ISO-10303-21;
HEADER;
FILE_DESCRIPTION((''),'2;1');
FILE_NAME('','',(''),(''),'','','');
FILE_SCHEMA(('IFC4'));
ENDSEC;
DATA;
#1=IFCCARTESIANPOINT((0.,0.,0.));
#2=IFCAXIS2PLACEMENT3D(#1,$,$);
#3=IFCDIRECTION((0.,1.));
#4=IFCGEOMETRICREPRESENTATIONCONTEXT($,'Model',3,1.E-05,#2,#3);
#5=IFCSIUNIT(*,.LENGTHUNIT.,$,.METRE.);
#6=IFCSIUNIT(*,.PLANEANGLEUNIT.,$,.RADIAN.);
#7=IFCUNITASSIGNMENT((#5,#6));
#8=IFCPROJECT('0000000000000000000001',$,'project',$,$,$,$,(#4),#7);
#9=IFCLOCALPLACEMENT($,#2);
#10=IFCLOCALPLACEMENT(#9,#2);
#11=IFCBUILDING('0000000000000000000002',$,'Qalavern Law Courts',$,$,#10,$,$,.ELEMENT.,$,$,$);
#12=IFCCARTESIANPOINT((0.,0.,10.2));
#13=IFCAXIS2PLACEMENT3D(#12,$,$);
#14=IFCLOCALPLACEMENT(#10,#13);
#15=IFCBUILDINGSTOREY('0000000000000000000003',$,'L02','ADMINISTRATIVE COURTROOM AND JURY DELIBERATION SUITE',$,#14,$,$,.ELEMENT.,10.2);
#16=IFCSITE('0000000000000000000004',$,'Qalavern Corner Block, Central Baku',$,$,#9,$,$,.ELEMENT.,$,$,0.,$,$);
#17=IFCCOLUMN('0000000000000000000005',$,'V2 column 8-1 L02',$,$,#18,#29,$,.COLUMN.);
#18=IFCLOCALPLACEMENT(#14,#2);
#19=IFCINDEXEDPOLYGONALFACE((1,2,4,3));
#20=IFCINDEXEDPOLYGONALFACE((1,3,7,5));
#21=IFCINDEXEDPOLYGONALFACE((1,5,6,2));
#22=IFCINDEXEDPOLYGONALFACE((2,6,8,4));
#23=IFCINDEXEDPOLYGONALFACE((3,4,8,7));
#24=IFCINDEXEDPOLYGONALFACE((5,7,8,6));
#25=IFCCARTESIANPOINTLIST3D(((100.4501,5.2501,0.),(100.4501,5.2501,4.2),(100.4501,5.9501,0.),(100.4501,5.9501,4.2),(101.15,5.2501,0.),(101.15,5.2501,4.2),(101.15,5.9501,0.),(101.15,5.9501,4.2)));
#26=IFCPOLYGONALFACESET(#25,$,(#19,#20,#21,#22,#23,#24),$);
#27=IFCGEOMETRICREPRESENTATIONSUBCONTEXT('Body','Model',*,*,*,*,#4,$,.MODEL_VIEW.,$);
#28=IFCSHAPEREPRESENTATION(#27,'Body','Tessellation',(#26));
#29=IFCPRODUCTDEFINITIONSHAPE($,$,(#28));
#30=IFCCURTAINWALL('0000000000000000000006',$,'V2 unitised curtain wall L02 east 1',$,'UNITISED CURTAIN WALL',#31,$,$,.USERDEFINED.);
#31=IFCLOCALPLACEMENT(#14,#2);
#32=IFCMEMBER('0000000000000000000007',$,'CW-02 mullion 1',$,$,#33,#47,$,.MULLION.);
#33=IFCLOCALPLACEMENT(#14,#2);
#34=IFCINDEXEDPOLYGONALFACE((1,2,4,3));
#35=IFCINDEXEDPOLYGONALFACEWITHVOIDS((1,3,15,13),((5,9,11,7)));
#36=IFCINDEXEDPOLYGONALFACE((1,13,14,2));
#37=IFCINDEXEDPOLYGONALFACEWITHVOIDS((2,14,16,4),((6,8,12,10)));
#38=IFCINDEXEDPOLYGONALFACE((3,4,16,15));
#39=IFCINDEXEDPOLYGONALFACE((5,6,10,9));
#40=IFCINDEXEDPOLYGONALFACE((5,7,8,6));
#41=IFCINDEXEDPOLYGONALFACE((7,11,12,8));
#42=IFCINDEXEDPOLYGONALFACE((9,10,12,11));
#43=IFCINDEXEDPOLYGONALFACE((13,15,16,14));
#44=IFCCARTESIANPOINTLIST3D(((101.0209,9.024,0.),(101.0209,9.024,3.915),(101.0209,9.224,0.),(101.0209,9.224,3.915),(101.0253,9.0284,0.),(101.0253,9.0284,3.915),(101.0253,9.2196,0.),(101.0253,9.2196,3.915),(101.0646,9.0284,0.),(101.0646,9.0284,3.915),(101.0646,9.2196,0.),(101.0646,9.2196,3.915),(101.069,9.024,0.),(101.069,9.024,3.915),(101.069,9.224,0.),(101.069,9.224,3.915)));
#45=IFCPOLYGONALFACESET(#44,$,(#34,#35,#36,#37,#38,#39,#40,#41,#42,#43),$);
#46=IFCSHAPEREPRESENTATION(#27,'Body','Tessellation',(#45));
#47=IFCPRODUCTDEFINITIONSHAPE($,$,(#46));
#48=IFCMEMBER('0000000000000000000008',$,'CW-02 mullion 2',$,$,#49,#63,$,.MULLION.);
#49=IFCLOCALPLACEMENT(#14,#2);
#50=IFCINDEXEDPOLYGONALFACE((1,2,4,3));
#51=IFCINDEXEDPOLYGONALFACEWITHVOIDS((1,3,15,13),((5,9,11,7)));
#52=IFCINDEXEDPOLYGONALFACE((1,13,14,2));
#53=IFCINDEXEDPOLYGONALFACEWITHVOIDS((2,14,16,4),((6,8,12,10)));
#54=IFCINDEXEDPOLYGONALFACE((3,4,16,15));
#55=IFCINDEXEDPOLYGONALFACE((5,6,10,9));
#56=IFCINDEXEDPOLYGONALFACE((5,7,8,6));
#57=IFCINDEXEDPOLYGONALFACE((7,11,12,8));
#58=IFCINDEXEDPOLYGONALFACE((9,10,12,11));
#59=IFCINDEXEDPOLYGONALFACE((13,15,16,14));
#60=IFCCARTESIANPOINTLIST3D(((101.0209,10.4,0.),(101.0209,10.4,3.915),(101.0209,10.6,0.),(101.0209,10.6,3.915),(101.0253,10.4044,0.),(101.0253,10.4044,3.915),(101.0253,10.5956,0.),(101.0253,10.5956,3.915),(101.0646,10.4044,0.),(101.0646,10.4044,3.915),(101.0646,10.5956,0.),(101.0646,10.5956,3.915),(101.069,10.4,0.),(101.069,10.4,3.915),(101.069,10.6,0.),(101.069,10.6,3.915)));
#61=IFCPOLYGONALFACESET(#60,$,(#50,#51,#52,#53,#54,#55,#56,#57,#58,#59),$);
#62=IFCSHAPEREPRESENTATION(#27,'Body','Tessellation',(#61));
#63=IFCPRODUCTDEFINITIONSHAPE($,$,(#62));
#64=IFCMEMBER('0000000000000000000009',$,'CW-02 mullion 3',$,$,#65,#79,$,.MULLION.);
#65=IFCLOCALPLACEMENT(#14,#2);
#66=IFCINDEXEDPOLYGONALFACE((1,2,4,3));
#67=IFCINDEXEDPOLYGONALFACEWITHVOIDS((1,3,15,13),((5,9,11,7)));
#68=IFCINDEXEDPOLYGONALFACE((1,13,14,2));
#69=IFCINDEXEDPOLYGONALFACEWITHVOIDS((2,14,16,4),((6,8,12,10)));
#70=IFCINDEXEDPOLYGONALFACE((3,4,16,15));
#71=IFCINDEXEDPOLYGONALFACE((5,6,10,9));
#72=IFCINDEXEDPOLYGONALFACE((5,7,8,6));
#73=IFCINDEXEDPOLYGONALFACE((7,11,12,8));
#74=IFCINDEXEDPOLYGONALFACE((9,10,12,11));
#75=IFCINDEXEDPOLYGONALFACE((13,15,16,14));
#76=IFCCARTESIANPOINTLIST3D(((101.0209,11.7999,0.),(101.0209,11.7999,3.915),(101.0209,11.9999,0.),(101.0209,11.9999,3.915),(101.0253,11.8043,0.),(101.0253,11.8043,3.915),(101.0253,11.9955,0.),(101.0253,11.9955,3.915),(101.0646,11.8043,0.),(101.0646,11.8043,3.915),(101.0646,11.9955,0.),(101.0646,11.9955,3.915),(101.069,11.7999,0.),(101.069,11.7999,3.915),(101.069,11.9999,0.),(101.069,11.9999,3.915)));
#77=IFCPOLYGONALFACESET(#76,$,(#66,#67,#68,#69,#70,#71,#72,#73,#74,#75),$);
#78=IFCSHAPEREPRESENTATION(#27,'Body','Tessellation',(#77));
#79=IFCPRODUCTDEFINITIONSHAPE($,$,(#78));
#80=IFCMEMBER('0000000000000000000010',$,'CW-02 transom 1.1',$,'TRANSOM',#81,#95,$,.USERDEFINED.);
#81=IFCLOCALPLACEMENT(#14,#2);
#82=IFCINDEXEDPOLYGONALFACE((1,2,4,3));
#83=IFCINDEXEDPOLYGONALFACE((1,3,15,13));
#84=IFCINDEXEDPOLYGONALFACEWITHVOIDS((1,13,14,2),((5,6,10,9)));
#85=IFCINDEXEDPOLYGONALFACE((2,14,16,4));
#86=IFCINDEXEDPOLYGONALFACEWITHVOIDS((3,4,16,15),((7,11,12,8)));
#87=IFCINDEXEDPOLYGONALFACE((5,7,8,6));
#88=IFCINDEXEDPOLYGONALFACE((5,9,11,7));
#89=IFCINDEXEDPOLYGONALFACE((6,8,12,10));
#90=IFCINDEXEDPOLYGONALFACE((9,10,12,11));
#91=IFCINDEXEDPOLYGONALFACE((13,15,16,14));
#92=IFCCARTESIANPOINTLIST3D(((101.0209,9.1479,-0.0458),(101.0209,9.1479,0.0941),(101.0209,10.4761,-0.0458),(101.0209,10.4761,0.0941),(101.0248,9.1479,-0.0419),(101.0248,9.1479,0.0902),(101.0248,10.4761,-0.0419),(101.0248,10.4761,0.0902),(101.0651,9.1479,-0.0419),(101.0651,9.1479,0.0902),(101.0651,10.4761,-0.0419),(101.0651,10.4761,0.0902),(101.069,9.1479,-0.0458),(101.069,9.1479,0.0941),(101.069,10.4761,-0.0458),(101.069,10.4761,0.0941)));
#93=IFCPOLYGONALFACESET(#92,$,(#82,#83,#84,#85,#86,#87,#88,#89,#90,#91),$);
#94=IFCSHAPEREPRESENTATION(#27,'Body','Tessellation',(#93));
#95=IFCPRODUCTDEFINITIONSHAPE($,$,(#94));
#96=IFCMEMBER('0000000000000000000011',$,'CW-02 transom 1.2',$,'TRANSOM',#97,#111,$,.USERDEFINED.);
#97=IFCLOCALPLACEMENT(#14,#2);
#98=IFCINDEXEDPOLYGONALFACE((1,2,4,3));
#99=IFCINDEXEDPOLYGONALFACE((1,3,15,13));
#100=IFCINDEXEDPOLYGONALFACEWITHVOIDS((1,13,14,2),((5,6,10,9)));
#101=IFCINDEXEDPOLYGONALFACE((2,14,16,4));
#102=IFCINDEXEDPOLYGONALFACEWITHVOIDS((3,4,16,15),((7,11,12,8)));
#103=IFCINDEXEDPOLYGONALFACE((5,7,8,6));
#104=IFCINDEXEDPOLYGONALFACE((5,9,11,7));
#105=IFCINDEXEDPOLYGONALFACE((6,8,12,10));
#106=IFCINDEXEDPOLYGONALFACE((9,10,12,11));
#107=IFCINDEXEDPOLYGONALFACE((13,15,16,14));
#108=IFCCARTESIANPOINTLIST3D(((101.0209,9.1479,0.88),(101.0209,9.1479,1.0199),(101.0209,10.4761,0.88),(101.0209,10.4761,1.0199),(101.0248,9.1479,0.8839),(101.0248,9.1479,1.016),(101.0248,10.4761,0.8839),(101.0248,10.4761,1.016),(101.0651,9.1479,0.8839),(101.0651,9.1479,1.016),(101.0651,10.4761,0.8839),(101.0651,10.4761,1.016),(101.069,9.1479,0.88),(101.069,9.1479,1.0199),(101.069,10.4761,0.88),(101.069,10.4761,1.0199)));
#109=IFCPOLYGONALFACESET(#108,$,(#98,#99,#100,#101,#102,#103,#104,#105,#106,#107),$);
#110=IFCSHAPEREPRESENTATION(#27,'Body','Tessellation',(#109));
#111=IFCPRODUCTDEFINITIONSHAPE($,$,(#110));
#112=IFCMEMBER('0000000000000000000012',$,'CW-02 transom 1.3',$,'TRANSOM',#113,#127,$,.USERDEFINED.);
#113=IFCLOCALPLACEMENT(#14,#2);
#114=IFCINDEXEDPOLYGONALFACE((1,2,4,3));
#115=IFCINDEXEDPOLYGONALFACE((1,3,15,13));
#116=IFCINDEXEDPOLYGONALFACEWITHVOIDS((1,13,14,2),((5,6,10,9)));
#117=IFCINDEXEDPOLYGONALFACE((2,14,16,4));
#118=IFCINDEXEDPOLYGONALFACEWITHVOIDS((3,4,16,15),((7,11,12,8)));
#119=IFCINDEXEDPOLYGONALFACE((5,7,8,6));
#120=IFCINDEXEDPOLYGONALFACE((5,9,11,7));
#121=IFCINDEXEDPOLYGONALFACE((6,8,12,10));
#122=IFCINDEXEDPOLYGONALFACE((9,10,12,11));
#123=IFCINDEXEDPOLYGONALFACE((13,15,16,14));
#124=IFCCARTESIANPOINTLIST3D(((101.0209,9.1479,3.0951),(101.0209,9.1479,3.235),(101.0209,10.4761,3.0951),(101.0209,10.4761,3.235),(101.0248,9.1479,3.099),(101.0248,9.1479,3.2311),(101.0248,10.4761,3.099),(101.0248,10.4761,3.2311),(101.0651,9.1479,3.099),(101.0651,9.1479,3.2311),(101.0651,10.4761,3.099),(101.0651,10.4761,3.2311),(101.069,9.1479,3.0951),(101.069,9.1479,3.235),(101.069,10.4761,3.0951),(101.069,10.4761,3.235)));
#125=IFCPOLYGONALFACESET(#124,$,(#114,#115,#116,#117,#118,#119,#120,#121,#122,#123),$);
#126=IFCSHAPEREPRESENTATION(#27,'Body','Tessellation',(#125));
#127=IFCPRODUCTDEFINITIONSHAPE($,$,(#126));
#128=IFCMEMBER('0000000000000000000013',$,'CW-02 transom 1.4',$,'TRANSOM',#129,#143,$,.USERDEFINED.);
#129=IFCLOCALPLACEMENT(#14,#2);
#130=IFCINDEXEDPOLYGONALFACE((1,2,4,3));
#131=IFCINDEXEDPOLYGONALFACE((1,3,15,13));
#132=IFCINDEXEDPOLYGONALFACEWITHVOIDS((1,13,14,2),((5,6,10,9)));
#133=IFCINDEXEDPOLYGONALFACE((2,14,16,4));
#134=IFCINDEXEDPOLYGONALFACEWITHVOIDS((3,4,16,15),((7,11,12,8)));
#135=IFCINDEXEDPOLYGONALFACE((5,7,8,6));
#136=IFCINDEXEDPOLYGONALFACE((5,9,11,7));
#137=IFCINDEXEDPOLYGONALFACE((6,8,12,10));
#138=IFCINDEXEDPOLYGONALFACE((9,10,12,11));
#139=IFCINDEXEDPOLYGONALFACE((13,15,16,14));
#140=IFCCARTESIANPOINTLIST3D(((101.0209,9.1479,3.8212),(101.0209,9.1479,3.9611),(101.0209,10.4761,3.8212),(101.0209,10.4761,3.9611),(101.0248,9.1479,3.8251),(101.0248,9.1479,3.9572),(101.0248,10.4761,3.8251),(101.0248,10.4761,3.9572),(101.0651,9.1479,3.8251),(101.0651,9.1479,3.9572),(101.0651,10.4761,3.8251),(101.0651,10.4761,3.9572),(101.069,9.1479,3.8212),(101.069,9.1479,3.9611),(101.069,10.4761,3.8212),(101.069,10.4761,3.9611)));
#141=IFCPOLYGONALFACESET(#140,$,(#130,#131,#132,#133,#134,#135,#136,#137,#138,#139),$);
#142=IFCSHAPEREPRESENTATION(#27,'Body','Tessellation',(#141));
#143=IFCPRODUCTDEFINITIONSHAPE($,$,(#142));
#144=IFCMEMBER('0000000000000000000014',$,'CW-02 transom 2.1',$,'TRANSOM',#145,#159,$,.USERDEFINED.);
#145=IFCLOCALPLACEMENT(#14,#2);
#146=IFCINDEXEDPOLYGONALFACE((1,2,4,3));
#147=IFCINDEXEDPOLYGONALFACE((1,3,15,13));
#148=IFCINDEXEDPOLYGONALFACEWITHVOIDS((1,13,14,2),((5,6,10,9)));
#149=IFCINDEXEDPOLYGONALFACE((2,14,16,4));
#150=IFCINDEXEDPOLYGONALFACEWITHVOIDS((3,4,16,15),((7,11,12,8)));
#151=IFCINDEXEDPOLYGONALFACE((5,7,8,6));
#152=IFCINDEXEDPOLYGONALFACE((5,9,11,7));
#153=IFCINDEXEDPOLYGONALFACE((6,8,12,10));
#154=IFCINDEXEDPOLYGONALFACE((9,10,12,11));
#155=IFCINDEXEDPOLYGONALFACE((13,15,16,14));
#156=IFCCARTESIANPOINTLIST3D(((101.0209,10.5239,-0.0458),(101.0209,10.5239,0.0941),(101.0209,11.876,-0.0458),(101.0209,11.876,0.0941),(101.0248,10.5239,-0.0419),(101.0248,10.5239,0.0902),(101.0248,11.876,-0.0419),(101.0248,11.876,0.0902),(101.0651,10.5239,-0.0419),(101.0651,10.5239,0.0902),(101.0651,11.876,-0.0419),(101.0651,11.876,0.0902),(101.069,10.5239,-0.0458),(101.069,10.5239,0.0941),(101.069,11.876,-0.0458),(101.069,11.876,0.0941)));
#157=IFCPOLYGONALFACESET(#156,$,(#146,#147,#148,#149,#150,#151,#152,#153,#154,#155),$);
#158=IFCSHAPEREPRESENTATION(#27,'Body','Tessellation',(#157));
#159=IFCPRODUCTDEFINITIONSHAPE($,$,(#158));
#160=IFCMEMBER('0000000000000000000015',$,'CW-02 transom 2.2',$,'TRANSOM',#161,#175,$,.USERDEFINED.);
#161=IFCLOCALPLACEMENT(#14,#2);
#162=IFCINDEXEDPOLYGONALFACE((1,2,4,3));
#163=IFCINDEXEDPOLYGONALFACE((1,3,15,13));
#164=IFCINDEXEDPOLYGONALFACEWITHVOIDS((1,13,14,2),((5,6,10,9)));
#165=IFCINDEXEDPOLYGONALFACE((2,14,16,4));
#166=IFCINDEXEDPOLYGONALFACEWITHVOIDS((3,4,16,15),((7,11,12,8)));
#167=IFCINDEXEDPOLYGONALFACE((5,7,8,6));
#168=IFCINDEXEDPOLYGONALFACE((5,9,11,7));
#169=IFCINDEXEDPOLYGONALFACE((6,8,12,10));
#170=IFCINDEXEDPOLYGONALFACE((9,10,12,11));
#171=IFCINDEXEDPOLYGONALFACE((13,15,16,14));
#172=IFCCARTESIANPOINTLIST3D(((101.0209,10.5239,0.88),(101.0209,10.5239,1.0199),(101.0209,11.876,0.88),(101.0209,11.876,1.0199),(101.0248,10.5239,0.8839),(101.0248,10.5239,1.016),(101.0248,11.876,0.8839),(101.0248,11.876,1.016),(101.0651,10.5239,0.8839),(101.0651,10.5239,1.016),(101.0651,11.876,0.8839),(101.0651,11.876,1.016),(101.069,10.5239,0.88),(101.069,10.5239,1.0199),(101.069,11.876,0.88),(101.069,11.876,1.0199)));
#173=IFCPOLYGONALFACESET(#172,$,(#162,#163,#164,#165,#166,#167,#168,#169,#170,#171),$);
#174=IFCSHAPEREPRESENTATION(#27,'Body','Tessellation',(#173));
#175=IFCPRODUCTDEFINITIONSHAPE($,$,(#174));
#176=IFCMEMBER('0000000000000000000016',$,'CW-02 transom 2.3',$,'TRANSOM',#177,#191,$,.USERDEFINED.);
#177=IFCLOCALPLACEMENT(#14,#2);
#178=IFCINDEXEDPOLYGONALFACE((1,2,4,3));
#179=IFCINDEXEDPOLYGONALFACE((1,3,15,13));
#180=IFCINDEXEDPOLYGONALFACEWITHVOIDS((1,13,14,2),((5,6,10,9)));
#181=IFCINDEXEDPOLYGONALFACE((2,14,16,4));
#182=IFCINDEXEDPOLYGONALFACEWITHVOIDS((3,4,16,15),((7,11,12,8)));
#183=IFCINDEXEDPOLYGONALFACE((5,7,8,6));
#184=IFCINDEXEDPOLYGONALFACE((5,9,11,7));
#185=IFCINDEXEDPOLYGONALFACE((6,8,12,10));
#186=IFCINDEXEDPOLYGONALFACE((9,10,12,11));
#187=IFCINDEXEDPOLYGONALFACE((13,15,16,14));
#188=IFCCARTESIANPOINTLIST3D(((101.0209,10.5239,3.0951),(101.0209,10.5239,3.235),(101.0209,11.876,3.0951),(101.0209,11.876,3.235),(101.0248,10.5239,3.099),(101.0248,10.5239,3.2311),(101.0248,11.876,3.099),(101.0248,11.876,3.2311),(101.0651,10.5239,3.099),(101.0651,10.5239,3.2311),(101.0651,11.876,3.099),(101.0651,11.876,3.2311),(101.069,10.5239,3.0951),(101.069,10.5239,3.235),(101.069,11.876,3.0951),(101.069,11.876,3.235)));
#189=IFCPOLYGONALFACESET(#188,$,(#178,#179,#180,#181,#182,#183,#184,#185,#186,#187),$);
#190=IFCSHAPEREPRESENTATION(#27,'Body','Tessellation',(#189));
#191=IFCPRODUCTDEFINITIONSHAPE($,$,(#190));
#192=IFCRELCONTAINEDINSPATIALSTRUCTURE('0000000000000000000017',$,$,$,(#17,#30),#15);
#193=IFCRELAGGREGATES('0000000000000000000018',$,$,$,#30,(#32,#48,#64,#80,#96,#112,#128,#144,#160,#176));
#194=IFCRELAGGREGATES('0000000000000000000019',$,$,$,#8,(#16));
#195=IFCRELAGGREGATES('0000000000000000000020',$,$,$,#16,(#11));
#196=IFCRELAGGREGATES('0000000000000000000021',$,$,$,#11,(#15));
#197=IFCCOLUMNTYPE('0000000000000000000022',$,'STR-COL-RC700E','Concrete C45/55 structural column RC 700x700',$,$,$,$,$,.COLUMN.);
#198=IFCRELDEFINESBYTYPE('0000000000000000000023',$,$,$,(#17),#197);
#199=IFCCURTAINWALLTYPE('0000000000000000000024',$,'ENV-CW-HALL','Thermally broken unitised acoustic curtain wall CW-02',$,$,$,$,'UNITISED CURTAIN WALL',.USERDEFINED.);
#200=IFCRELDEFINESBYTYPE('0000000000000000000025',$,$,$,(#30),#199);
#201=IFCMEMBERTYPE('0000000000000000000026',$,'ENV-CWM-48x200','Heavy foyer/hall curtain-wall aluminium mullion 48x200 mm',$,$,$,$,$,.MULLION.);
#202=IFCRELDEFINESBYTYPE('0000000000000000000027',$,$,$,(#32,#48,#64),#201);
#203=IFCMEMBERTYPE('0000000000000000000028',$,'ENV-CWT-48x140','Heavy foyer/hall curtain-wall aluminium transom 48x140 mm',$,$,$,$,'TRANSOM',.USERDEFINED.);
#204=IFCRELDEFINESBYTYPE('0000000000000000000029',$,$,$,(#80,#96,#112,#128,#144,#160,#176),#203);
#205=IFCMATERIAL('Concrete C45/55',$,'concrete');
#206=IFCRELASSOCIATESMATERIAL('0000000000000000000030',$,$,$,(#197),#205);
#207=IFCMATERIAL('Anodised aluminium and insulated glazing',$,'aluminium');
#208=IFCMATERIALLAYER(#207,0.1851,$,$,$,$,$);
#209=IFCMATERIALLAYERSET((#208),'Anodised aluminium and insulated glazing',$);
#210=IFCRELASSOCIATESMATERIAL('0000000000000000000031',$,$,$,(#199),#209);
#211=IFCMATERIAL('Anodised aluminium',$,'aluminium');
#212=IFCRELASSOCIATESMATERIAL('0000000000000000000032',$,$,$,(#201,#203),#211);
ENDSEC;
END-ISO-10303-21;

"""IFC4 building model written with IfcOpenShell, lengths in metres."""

from ifc_helpers import new_model, si_unit, direction, frame, origin, origin_2d, place, context, subcontext, project, spatial, rectangle, hollow_rectangle, extrude, material, layer, layer_set, material_profile, profile_set, type_object, element, aggregate, save


model = new_model("IFC4")

# Units and contexts
model_context = context("Model", 3, precision=1e-05, world=origin(), true_north=direction((0.0, 1.0)))
body_context = subcontext(model_context, "Body", "Model", "MODEL_VIEW")
ifc_project = project(units=[si_unit("LENGTHUNIT", "METRE"), si_unit("PLANEANGLEUNIT", "RADIAN")], contexts=[model_context])

# Site, building, storey
site_placement = place(None, origin())
site = spatial("IfcSite", under=ifc_project, at=site_placement, Name="Qalavern Corner Block, Central Baku", CompositionType="ELEMENT", RefElevation=0.0)
building_placement = place(site_placement, origin())
building = spatial("IfcBuilding", under=site, at=building_placement, Name="Qalavern Law Courts", CompositionType="ELEMENT")
storey_placement = place(building_placement, frame((0.0, 0.0, 10.2)))
storey = spatial("IfcBuildingStorey", under=building, at=storey_placement, Name="L02", Description="ADMINISTRATIVE COURTROOM AND JURY DELIBERATION SUITE", CompositionType="ELEMENT", Elevation=10.2)

# Column
ifc_material_1 = material(Name="Concrete C45/55", Category="concrete")
ifc_material_profile_1 = material_profile(ifc_material_1, rectangle(XDim=0.7, YDim=0.7, at=origin_2d()), Name="RC 700x700")
ifc_profile_set_1 = profile_set([ifc_material_profile_1], Name="Concrete C45/55")
column_type = type_object("IfcColumnType", Name="STR-COL-RC700E", Description="Concrete C45/55 structural column RC 700x700", PredefinedType="COLUMN", material=ifc_profile_set_1)
column_placement = place(storey_placement, frame((100.8, 5.6001, 0.0), z_axis=(0.0, 0.0, 1.0), x_axis=(1.0, 0.0, 0.0)))
element("IfcColumn", 1, at=column_placement, inside=storey, type_object=column_type, Name="V2 column 8-1 L02", PredefinedType="COLUMN", context=body_context, shape_type="SweptSolid", body=[
    extrude(rectangle(XDim=0.7, YDim=0.7, at=origin_2d()), origin(), (0.0, 0.0, 1.0), 4.2),
])

# Curtain wall, members
ifc_material_2 = material(Name="Anodised aluminium and insulated glazing", Category="aluminium")
ifc_layer_1 = layer(ifc_material_2, 0.1851)
ifc_layer_set_1 = layer_set([ifc_layer_1], Name="Anodised aluminium and insulated glazing")
curtain_wall_type = type_object("IfcCurtainWallType", Name="ENV-CW-HALL", Description="Thermally broken unitised acoustic curtain wall CW-02", ElementType="UNITISED CURTAIN WALL", PredefinedType="USERDEFINED", material=ifc_layer_set_1)
curtain_wall_placement = place(storey_placement, origin())
curtain_wall = element("IfcCurtainWall", 2, at=curtain_wall_placement, inside=storey, type_object=curtain_wall_type, Name="V2 unitised curtain wall L02 east 1", ObjectType="UNITISED CURTAIN WALL", PredefinedType="USERDEFINED")
ifc_material_3 = material(Name="Anodised aluminium", Category="aluminium")
ifc_material_profile_2 = material_profile(ifc_material_3, hollow_rectangle(XDim=0.0481, YDim=0.2, WallThickness=0.0044, at=origin_2d()), Name="ALU MULLION 48x200")
ifc_profile_set_2 = profile_set([ifc_material_profile_2], Name="Anodised aluminium")
member_type_1 = type_object("IfcMemberType", Name="ENV-CWM-48x200", Description="Heavy foyer/hall curtain-wall aluminium mullion 48x200 mm", PredefinedType="MULLION", material=ifc_profile_set_2)
member_1_placement = place(storey_placement, frame((101.0449, 9.124, 0.0), z_axis=(0.0, 0.0, 1.0), x_axis=(-1.0, 0.0, 0.0)))
member_1 = element("IfcMember", 3, at=member_1_placement, type_object=member_type_1, Name="CW-02 mullion 1", PredefinedType="MULLION", context=body_context, shape_type="SweptSolid", body=[
    extrude(hollow_rectangle(XDim=0.0481, YDim=0.2, WallThickness=0.0044, at=origin_2d()), origin(), (0.0, 0.0, 1.0), 3.915),
])
member_2_placement = place(storey_placement, frame((101.0449, 10.5, 0.0), z_axis=(0.0, 0.0, 1.0), x_axis=(-1.0, 0.0, 0.0)))
member_2 = element("IfcMember", 4, at=member_2_placement, type_object=member_type_1, Name="CW-02 mullion 2", PredefinedType="MULLION", context=body_context, shape_type="SweptSolid", body=[
    extrude(hollow_rectangle(XDim=0.0481, YDim=0.2, WallThickness=0.0044, at=origin_2d()), origin(), (0.0, 0.0, 1.0), 3.915),
])
member_3_placement = place(storey_placement, frame((101.0449, 11.8999, 0.0), z_axis=(0.0, 0.0, 1.0), x_axis=(-1.0, 0.0, 0.0)))
member_3 = element("IfcMember", 5, at=member_3_placement, type_object=member_type_1, Name="CW-02 mullion 3", PredefinedType="MULLION", context=body_context, shape_type="SweptSolid", body=[
    extrude(hollow_rectangle(XDim=0.0481, YDim=0.2, WallThickness=0.0044, at=origin_2d()), origin(), (0.0, 0.0, 1.0), 3.915),
])
ifc_material_profile_3 = material_profile(ifc_material_3, hollow_rectangle(XDim=0.0481, YDim=0.1399, WallThickness=0.0039, at=origin_2d()), Name="ALU TRANSOM 48x140")
ifc_profile_set_3 = profile_set([ifc_material_profile_3], Name="Anodised aluminium")
member_type_2 = type_object("IfcMemberType", Name="ENV-CWT-48x140", Description="Heavy foyer/hall curtain-wall aluminium transom 48x140 mm", ElementType="TRANSOM", PredefinedType="USERDEFINED", material=ifc_profile_set_3)
member_4_placement = place(storey_placement, frame((101.0449, 9.1479, 0.0242), z_axis=(0.0, 1.0, 0.0), x_axis=(-1.0, 0.0, 0.0)))
member_4 = element("IfcMember", 6, at=member_4_placement, type_object=member_type_2, Name="CW-02 transom 1.1", ObjectType="TRANSOM", PredefinedType="USERDEFINED", context=body_context, shape_type="SweptSolid", body=[
    extrude(hollow_rectangle(XDim=0.0481, YDim=0.1399, WallThickness=0.0039, at=origin_2d()), origin(), (0.0, 0.0, 1.0), 1.3281),
])
member_5_placement = place(storey_placement, frame((101.0449, 9.1479, 0.95), z_axis=(0.0, 1.0, 0.0), x_axis=(-1.0, 0.0, 0.0)))
member_5 = element("IfcMember", 7, at=member_5_placement, type_object=member_type_2, Name="CW-02 transom 1.2", ObjectType="TRANSOM", PredefinedType="USERDEFINED", context=body_context, shape_type="SweptSolid", body=[
    extrude(hollow_rectangle(XDim=0.0481, YDim=0.1399, WallThickness=0.0039, at=origin_2d()), origin(), (0.0, 0.0, 1.0), 1.3281),
])
member_6_placement = place(storey_placement, frame((101.0449, 9.1479, 3.165), z_axis=(0.0, 1.0, 0.0), x_axis=(-1.0, 0.0, 0.0)))
member_6 = element("IfcMember", 8, at=member_6_placement, type_object=member_type_2, Name="CW-02 transom 1.3", ObjectType="TRANSOM", PredefinedType="USERDEFINED", context=body_context, shape_type="SweptSolid", body=[
    extrude(hollow_rectangle(XDim=0.0481, YDim=0.1399, WallThickness=0.0039, at=origin_2d()), origin(), (0.0, 0.0, 1.0), 1.3281),
])
member_7_placement = place(storey_placement, frame((101.0449, 9.1479, 3.8911), z_axis=(0.0, 1.0, 0.0), x_axis=(-1.0, 0.0, 0.0)))
member_7 = element("IfcMember", 9, at=member_7_placement, type_object=member_type_2, Name="CW-02 transom 1.4", ObjectType="TRANSOM", PredefinedType="USERDEFINED", context=body_context, shape_type="SweptSolid", body=[
    extrude(hollow_rectangle(XDim=0.0481, YDim=0.1399, WallThickness=0.0039, at=origin_2d()), origin(), (0.0, 0.0, 1.0), 1.3281),
])
member_8_placement = place(storey_placement, frame((101.0449, 10.5239, 0.0242), z_axis=(0.0, 1.0, 0.0), x_axis=(-1.0, 0.0, 0.0)))
member_8 = element("IfcMember", 10, at=member_8_placement, type_object=member_type_2, Name="CW-02 transom 2.1", ObjectType="TRANSOM", PredefinedType="USERDEFINED", context=body_context, shape_type="SweptSolid", body=[
    extrude(hollow_rectangle(XDim=0.0481, YDim=0.1399, WallThickness=0.0039, at=origin_2d()), origin(), (0.0, 0.0, 1.0), 1.3521),
])
member_9_placement = place(storey_placement, frame((101.0449, 10.5239, 0.95), z_axis=(0.0, 1.0, 0.0), x_axis=(-1.0, 0.0, 0.0)))
member_9 = element("IfcMember", 11, at=member_9_placement, type_object=member_type_2, Name="CW-02 transom 2.2", ObjectType="TRANSOM", PredefinedType="USERDEFINED", context=body_context, shape_type="SweptSolid", body=[
    extrude(hollow_rectangle(XDim=0.0481, YDim=0.1399, WallThickness=0.0039, at=origin_2d()), origin(), (0.0, 0.0, 1.0), 1.3521),
])
member_10_placement = place(storey_placement, frame((101.0449, 10.5239, 3.165), z_axis=(0.0, 1.0, 0.0), x_axis=(-1.0, 0.0, 0.0)))
member_10 = element("IfcMember", 12, at=member_10_placement, type_object=member_type_2, Name="CW-02 transom 2.3", ObjectType="TRANSOM", PredefinedType="USERDEFINED", context=body_context, shape_type="SweptSolid", body=[
    extrude(hollow_rectangle(XDim=0.0481, YDim=0.1399, WallThickness=0.0039, at=origin_2d()), origin(), (0.0, 0.0, 1.0), 1.3521),
])

aggregate(curtain_wall, [member_1, member_2, member_3, member_4, member_5, member_6, member_7, member_8, member_9, member_10])

save(model, "model.ifc")
